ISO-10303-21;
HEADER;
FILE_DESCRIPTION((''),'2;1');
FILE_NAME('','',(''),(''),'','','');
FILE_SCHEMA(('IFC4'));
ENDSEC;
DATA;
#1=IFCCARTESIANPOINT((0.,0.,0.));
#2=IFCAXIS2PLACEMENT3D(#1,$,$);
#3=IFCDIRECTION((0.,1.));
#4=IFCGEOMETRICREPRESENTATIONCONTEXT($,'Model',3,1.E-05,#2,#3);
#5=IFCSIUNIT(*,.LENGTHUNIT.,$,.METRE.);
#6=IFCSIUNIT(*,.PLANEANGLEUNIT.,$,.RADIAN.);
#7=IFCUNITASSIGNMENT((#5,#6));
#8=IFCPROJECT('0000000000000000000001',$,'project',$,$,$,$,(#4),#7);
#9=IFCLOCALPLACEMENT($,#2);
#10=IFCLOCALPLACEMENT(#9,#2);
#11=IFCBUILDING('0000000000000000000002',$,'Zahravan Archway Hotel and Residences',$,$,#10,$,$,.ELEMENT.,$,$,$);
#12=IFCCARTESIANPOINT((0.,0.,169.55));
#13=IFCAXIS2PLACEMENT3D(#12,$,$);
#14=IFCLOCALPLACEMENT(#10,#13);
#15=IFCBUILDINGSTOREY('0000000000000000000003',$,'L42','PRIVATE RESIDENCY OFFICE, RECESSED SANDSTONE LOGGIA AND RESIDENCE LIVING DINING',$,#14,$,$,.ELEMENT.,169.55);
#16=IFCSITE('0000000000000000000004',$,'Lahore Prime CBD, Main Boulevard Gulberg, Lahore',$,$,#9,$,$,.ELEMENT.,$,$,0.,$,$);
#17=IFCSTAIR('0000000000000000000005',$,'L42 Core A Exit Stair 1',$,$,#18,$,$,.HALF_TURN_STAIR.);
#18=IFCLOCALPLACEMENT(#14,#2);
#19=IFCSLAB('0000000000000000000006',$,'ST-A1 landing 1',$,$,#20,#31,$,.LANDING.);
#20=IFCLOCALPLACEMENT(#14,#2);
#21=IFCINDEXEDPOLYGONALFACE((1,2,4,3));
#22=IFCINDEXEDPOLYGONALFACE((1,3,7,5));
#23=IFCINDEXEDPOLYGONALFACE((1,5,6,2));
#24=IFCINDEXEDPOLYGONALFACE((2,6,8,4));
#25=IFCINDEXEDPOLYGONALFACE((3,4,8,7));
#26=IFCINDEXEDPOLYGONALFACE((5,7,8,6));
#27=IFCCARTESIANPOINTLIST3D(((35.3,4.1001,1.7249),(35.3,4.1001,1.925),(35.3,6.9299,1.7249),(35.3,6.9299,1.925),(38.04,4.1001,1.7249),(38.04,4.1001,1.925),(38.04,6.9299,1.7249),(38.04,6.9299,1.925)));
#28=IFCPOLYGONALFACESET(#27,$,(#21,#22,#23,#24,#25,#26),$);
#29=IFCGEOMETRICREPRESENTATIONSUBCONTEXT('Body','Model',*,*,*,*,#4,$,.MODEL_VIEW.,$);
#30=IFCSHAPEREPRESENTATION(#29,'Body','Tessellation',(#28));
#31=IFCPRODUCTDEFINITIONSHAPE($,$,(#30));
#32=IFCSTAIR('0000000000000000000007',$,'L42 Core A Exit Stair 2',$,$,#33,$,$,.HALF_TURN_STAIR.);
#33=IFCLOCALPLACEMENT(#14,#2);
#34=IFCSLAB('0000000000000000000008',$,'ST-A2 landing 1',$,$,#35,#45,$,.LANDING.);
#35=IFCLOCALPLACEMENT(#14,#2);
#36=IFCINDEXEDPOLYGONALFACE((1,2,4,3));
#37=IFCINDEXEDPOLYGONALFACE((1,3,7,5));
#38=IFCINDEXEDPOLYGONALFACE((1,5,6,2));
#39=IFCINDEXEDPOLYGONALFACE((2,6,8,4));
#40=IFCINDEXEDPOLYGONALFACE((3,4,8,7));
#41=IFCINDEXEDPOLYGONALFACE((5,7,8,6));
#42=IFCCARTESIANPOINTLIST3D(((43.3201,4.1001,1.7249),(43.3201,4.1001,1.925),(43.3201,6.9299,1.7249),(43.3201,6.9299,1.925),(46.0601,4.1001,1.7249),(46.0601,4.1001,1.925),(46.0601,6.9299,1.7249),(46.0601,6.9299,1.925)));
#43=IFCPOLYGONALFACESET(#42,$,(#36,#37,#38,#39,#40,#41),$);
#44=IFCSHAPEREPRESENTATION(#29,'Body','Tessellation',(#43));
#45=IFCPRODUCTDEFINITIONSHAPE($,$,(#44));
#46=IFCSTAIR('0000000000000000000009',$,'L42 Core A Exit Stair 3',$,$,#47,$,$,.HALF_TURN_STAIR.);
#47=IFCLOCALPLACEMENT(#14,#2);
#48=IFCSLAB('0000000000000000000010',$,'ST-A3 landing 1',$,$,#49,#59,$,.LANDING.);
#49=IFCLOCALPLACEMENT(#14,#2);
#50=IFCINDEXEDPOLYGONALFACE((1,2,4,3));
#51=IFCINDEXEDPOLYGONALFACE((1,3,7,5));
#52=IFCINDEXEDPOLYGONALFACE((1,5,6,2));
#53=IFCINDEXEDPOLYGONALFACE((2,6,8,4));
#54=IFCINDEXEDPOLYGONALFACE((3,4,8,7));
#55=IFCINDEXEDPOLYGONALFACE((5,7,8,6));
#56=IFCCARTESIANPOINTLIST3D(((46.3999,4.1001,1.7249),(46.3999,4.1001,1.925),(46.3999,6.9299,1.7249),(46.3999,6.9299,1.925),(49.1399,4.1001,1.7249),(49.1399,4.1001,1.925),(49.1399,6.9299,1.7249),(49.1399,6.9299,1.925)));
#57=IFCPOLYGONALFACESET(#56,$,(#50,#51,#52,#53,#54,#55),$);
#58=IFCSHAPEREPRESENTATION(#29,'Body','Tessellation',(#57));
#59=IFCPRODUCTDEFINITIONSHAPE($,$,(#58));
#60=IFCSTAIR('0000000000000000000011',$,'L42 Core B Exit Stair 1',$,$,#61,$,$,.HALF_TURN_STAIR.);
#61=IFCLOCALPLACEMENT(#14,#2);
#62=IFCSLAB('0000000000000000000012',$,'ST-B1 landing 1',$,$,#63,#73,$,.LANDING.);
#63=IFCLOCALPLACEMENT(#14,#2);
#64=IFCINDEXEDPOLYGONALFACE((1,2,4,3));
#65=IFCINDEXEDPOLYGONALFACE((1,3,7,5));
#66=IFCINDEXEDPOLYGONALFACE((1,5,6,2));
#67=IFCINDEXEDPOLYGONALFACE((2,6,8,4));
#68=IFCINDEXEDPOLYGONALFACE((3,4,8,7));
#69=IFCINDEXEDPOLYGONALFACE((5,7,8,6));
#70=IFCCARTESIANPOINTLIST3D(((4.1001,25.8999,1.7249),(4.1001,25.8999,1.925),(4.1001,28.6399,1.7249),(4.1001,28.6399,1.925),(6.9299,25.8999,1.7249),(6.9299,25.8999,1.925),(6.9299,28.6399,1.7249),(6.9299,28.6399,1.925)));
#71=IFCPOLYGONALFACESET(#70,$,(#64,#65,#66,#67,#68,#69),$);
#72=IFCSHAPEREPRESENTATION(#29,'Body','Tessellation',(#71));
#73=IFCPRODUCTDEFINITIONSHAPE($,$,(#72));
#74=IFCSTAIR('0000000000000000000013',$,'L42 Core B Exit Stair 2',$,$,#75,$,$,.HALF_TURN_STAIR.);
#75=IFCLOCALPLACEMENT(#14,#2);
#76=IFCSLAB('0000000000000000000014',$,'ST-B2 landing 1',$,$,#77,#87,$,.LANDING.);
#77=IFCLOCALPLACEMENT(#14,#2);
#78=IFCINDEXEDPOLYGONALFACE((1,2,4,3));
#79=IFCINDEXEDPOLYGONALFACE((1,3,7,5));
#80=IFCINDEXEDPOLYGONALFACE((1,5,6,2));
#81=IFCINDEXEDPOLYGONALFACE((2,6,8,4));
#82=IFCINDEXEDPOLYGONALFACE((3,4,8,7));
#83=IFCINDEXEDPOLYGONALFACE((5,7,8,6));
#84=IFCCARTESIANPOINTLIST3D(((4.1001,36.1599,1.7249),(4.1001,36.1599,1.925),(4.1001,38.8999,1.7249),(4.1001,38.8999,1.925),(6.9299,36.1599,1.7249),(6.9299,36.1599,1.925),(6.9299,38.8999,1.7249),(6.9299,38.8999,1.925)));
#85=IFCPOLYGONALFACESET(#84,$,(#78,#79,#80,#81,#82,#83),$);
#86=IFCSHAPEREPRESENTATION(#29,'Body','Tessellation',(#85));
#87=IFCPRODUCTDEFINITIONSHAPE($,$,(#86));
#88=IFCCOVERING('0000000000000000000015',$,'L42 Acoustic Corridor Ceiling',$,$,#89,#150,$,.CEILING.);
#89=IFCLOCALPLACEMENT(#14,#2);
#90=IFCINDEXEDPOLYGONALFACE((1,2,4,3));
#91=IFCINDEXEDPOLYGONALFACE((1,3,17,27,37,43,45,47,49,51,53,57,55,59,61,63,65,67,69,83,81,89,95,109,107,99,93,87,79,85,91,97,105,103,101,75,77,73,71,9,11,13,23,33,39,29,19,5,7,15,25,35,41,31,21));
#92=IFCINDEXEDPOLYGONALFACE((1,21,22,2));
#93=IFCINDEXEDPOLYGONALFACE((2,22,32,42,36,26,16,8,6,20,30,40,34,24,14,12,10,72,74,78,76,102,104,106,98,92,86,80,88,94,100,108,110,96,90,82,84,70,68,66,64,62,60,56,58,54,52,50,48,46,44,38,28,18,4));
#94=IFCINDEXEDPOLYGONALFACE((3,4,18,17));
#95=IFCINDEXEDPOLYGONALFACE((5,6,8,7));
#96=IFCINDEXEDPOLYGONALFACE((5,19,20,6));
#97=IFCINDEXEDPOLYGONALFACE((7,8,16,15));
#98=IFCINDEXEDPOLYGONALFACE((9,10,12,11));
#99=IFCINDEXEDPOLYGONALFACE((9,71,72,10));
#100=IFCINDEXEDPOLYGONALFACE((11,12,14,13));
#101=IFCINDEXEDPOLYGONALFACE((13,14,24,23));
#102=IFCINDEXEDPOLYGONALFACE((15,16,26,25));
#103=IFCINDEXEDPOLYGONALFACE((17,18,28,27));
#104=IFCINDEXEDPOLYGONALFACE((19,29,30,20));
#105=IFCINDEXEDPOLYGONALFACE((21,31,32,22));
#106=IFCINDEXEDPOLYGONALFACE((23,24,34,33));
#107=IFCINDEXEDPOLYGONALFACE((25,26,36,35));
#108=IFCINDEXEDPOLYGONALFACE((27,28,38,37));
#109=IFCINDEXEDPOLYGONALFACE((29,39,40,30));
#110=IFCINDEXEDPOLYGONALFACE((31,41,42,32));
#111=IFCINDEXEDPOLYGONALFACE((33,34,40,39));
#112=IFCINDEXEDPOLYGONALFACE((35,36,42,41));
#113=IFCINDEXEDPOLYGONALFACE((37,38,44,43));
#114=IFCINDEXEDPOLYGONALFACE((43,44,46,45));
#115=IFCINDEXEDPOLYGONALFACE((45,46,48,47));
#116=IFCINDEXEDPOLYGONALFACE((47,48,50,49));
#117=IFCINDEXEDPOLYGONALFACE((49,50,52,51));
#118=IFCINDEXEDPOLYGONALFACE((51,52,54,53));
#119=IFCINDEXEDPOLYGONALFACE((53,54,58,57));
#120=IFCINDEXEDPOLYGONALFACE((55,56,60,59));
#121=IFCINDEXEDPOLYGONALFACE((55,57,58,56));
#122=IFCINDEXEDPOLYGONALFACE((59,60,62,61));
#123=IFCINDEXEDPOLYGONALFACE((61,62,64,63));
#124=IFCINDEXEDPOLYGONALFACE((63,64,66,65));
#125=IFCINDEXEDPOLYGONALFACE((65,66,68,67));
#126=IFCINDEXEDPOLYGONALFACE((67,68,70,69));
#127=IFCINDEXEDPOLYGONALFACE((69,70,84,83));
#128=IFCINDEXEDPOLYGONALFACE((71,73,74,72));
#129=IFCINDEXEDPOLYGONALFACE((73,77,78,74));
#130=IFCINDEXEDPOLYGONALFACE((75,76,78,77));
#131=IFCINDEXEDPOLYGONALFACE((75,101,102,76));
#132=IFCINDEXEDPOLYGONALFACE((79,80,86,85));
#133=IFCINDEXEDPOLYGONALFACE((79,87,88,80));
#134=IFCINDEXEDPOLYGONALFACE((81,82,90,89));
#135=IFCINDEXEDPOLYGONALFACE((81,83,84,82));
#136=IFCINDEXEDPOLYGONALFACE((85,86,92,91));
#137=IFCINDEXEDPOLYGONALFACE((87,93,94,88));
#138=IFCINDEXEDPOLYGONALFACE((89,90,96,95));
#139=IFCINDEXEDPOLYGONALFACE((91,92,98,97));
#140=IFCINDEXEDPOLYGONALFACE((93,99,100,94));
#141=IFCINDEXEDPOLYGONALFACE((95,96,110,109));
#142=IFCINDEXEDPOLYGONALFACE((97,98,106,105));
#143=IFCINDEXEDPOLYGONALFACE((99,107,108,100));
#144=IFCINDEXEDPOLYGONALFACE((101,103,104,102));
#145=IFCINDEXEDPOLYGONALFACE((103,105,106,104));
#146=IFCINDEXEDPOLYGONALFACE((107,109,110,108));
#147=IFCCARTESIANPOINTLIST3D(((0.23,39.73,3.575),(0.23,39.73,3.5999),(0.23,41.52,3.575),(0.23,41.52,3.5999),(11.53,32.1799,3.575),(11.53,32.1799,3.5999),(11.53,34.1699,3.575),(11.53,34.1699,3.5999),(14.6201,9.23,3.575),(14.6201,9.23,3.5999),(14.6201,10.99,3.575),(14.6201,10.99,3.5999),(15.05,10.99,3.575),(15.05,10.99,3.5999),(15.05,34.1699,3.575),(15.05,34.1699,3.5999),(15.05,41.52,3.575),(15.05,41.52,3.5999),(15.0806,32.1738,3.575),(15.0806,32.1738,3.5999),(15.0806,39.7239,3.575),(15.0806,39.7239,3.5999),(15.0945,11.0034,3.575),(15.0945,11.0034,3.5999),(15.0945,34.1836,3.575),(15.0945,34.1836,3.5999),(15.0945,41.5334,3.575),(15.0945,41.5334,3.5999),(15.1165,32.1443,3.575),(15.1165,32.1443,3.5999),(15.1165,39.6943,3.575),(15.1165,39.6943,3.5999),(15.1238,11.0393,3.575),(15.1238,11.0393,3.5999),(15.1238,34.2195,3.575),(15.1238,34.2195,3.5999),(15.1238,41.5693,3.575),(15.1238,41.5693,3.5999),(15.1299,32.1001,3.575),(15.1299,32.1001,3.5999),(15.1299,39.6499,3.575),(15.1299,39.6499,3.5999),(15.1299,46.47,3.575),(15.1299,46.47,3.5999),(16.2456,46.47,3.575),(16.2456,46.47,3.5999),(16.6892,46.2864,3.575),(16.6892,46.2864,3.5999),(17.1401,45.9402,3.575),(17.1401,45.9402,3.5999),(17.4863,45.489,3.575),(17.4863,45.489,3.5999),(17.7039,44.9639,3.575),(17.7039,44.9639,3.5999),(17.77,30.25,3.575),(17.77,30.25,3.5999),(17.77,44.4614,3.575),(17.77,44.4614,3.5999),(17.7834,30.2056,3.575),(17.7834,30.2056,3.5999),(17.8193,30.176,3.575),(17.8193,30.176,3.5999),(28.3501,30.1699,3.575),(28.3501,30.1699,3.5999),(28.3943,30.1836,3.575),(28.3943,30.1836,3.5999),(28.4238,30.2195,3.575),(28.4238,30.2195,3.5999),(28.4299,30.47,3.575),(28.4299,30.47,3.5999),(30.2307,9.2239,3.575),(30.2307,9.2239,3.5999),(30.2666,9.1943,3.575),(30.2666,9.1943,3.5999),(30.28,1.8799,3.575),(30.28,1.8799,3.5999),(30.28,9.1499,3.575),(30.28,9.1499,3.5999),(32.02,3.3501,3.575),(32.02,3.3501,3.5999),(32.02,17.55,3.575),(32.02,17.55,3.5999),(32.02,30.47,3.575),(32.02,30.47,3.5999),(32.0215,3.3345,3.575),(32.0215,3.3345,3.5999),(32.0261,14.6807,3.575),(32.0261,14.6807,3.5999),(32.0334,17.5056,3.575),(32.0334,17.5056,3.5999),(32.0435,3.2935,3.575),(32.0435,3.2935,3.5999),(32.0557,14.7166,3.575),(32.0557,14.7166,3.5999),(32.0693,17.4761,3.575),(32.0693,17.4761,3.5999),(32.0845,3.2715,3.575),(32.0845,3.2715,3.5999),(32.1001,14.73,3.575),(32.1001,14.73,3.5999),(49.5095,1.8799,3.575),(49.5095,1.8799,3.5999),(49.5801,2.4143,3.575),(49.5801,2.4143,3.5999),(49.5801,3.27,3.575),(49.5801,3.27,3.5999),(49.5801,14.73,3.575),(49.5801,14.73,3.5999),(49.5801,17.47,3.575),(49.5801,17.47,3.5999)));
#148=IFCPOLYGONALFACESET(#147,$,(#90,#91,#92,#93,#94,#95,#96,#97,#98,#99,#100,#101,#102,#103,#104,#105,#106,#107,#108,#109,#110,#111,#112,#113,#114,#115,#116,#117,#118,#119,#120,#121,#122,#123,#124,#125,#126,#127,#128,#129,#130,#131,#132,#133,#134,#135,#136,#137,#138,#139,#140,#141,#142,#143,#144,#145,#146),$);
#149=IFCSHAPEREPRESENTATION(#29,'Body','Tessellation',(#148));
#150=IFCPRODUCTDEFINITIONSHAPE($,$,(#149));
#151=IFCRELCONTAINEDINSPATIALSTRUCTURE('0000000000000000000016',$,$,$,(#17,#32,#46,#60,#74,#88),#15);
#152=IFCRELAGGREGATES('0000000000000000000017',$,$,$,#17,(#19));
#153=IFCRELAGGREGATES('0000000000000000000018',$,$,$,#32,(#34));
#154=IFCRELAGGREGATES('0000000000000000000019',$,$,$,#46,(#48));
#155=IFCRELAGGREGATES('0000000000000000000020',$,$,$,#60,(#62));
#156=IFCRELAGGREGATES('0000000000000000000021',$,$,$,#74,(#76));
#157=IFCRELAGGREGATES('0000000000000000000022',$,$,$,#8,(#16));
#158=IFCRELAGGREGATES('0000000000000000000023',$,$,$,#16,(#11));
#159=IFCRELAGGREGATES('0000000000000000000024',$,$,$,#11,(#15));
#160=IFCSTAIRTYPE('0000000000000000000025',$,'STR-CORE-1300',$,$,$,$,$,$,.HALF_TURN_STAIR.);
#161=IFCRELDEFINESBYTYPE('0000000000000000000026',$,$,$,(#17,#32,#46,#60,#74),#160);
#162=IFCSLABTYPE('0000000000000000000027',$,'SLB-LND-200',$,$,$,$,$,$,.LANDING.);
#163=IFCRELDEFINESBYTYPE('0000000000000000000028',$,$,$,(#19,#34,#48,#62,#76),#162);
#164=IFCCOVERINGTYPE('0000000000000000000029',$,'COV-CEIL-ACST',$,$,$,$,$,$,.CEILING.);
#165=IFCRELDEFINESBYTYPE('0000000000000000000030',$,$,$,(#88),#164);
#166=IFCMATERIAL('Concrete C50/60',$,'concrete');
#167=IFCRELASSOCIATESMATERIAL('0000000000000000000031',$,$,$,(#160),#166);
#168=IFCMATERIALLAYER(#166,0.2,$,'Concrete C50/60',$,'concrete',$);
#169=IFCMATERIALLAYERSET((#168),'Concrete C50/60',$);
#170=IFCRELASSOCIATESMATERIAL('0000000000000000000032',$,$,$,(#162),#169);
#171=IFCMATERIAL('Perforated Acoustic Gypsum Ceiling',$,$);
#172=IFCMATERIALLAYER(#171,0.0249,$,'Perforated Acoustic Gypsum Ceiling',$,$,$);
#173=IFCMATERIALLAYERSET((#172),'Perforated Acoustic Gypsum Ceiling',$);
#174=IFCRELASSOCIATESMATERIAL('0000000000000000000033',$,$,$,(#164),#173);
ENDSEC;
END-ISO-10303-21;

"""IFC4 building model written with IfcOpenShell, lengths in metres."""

from ifc_helpers import new_model, si_unit, direction, frame, origin, place, context, subcontext, project, spatial, polyline, outline, extrude, material, layer, layer_set, type_object, element, aggregate, save


model = new_model("IFC4")

# Units and contexts
model_context = context("Model", 3, precision=1e-05, world=origin(), true_north=direction((0.0, 1.0)))
body_context = subcontext(model_context, "Body", "Model", "MODEL_VIEW")
ifc_project = project(units=[si_unit("LENGTHUNIT", "METRE"), si_unit("PLANEANGLEUNIT", "RADIAN")], contexts=[model_context])

# Site, building, storey
site_placement = place(None, origin())
site = spatial("IfcSite", under=ifc_project, at=site_placement, Name="Lahore Prime CBD, Main Boulevard Gulberg, Lahore", CompositionType="ELEMENT", RefElevation=0.0)
building_placement = place(site_placement, origin())
building = spatial("IfcBuilding", under=site, at=building_placement, Name="Zahravan Archway Hotel and Residences", CompositionType="ELEMENT")
storey_placement = place(building_placement, frame((0.0, 0.0, 169.55)))
storey = spatial("IfcBuildingStorey", under=building, at=storey_placement, Name="L42", Description="PRIVATE RESIDENCY OFFICE, RECESSED SANDSTONE LOGGIA AND RESIDENCE LIVING DINING", CompositionType="ELEMENT", Elevation=169.55)

# Stairs, slabs
ifc_material_1 = material(Name="Concrete C50/60", Category="concrete")
stair_type = type_object("IfcStairType", Name="STR-CORE-1300", PredefinedType="HALF_TURN_STAIR", material=ifc_material_1)
stair_1_placement = place(storey_placement, origin())
stair_1 = element("IfcStair", 1, at=stair_1_placement, inside=storey, type_object=stair_type, Name="L42 Core A Exit Stair 1", PredefinedType="HALF_TURN_STAIR")
ifc_layer_1 = layer(ifc_material_1, 0.2, Name="Concrete C50/60", Category="concrete")
ifc_layer_set_1 = layer_set([ifc_layer_1], Name="Concrete C50/60")
slab_type_1 = type_object("IfcSlabType", Name="SLB-LND-200", PredefinedType="LANDING", material=ifc_layer_set_1)
slab_1_placement = place(storey_placement, frame((0.0, 0.0, 1.7249)))
slab_1 = element("IfcSlab", 2, at=slab_1_placement, type_object=slab_type_1, Name="ST-A1 landing 1", PredefinedType="LANDING", context=body_context, shape_type="SweptSolid", body=[
    extrude(outline(polyline([(35.3, 6.9299), (35.3, 4.1001), (38.04, 4.1001), (38.04, 6.9299), (35.3, 6.9299)])), origin(), (0.0, 0.0, 1.0), 0.2002),
])
aggregate(stair_1, [slab_1])
stair_2_placement = place(storey_placement, origin())
stair_2 = element("IfcStair", 3, at=stair_2_placement, inside=storey, type_object=stair_type, Name="L42 Core A Exit Stair 2", PredefinedType="HALF_TURN_STAIR")
slab_2_placement = place(storey_placement, frame((0.0, 0.0, 1.7249)))
slab_2 = element("IfcSlab", 4, at=slab_2_placement, type_object=slab_type_1, Name="ST-A2 landing 1", PredefinedType="LANDING", context=body_context, shape_type="SweptSolid", body=[
    extrude(outline(polyline([(43.3201, 6.9299), (43.3201, 4.1001), (46.0601, 4.1001), (46.0601, 6.9299), (43.3201, 6.9299)])), origin(), (0.0, 0.0, 1.0), 0.2002),
])
aggregate(stair_2, [slab_2])
stair_3_placement = place(storey_placement, origin())
stair_3 = element("IfcStair", 5, at=stair_3_placement, inside=storey, type_object=stair_type, Name="L42 Core A Exit Stair 3", PredefinedType="HALF_TURN_STAIR")
slab_3_placement = place(storey_placement, frame((0.0, 0.0, 1.7249)))
slab_3 = element("IfcSlab", 6, at=slab_3_placement, type_object=slab_type_1, Name="ST-A3 landing 1", PredefinedType="LANDING", context=body_context, shape_type="SweptSolid", body=[
    extrude(outline(polyline([(46.3999, 6.9299), (46.3999, 4.1001), (49.1399, 4.1001), (49.1399, 6.9299), (46.3999, 6.9299)])), origin(), (0.0, 0.0, 1.0), 0.2002),
])
aggregate(stair_3, [slab_3])
stair_4_placement = place(storey_placement, origin())
stair_4 = element("IfcStair", 7, at=stair_4_placement, inside=storey, type_object=stair_type, Name="L42 Core B Exit Stair 1", PredefinedType="HALF_TURN_STAIR")
slab_4_placement = place(storey_placement, frame((0.0, 0.0, 1.7249)))
slab_4 = element("IfcSlab", 8, at=slab_4_placement, type_object=slab_type_1, Name="ST-B1 landing 1", PredefinedType="LANDING", context=body_context, shape_type="SweptSolid", body=[
    extrude(outline(polyline([(6.9299, 28.6399), (4.1001, 28.6399), (4.1001, 25.8999), (6.9299, 25.8999), (6.9299, 28.6399)])), origin(), (0.0, 0.0, 1.0), 0.2002),
])
aggregate(stair_4, [slab_4])
stair_5_placement = place(storey_placement, origin())
stair_5 = element("IfcStair", 9, at=stair_5_placement, inside=storey, type_object=stair_type, Name="L42 Core B Exit Stair 2", PredefinedType="HALF_TURN_STAIR")
slab_5_placement = place(storey_placement, frame((0.0, 0.0, 1.7249)))
slab_5 = element("IfcSlab", 10, at=slab_5_placement, type_object=slab_type_1, Name="ST-B2 landing 1", PredefinedType="LANDING", context=body_context, shape_type="SweptSolid", body=[
    extrude(outline(polyline([(6.9299, 38.8999), (4.1001, 38.8999), (4.1001, 36.1599), (6.9299, 36.1599), (6.9299, 38.8999)])), origin(), (0.0, 0.0, 1.0), 0.2002),
])
aggregate(stair_5, [slab_5])

# Covering
ifc_material_2 = material(Name="Perforated Acoustic Gypsum Ceiling")
ifc_layer_2 = layer(ifc_material_2, 0.0249, Name="Perforated Acoustic Gypsum Ceiling")
ifc_layer_set_2 = layer_set([ifc_layer_2], Name="Perforated Acoustic Gypsum Ceiling")
covering_type_1 = type_object("IfcCoveringType", Name="COV-CEIL-ACST", PredefinedType="CEILING", material=ifc_layer_set_2)
covering_1_placement = place(storey_placement, frame((0.0, 0.0, 3.575)))
element("IfcCovering", 11, at=covering_1_placement, inside=storey, type_object=covering_type_1, Name="L42 Acoustic Corridor Ceiling", PredefinedType="CEILING", context=body_context, shape_type="SweptSolid", body=[
    extrude(outline(polyline([(32.0215, 3.3345), (32.0435, 3.2935), (32.0845, 3.2715), (49.5801, 3.27), (49.5801, 2.4143), (49.5095, 1.8799), (30.28, 1.8799), (30.28, 9.1499), (30.2666, 9.1943), (30.2307, 9.2239), (14.6201, 9.23), (14.6201, 10.99), (15.05, 10.99), (15.0945, 11.0034), (15.1238, 11.0393), (15.1299, 32.1001), (15.1165, 32.1443), (15.0806, 32.1738), (11.53, 32.1799), (11.53, 34.1699), (15.05, 34.1699), (15.0945, 34.1836), (15.1238, 34.2195), (15.1299, 39.6499), (15.1165, 39.6943), (15.0806, 39.7239), (0.23, 39.73), (0.23, 41.52), (15.05, 41.52), (15.0945, 41.5334), (15.1238, 41.5693), (15.1299, 46.47), (16.2456, 46.47), (16.6892, 46.2864), (17.1401, 45.9402), (17.4863, 45.489), (17.7039, 44.9639), (17.77, 44.4614), (17.77, 30.25), (17.7834, 30.2056), (17.8193, 30.176), (28.3501, 30.1699), (28.3943, 30.1836), (28.4238, 30.2195), (28.4299, 30.47), (32.02, 30.47), (32.02, 17.55), (32.0334, 17.5056), (32.0693, 17.4761), (49.5801, 17.47), (49.5801, 14.73), (32.1001, 14.73), (32.0557, 14.7166), (32.0261, 14.6807), (32.02, 3.3501), (32.0215, 3.3345)])), origin(), (0.0, 0.0, 1.0), 0.0249),
])

save(model, "model.ifc")
